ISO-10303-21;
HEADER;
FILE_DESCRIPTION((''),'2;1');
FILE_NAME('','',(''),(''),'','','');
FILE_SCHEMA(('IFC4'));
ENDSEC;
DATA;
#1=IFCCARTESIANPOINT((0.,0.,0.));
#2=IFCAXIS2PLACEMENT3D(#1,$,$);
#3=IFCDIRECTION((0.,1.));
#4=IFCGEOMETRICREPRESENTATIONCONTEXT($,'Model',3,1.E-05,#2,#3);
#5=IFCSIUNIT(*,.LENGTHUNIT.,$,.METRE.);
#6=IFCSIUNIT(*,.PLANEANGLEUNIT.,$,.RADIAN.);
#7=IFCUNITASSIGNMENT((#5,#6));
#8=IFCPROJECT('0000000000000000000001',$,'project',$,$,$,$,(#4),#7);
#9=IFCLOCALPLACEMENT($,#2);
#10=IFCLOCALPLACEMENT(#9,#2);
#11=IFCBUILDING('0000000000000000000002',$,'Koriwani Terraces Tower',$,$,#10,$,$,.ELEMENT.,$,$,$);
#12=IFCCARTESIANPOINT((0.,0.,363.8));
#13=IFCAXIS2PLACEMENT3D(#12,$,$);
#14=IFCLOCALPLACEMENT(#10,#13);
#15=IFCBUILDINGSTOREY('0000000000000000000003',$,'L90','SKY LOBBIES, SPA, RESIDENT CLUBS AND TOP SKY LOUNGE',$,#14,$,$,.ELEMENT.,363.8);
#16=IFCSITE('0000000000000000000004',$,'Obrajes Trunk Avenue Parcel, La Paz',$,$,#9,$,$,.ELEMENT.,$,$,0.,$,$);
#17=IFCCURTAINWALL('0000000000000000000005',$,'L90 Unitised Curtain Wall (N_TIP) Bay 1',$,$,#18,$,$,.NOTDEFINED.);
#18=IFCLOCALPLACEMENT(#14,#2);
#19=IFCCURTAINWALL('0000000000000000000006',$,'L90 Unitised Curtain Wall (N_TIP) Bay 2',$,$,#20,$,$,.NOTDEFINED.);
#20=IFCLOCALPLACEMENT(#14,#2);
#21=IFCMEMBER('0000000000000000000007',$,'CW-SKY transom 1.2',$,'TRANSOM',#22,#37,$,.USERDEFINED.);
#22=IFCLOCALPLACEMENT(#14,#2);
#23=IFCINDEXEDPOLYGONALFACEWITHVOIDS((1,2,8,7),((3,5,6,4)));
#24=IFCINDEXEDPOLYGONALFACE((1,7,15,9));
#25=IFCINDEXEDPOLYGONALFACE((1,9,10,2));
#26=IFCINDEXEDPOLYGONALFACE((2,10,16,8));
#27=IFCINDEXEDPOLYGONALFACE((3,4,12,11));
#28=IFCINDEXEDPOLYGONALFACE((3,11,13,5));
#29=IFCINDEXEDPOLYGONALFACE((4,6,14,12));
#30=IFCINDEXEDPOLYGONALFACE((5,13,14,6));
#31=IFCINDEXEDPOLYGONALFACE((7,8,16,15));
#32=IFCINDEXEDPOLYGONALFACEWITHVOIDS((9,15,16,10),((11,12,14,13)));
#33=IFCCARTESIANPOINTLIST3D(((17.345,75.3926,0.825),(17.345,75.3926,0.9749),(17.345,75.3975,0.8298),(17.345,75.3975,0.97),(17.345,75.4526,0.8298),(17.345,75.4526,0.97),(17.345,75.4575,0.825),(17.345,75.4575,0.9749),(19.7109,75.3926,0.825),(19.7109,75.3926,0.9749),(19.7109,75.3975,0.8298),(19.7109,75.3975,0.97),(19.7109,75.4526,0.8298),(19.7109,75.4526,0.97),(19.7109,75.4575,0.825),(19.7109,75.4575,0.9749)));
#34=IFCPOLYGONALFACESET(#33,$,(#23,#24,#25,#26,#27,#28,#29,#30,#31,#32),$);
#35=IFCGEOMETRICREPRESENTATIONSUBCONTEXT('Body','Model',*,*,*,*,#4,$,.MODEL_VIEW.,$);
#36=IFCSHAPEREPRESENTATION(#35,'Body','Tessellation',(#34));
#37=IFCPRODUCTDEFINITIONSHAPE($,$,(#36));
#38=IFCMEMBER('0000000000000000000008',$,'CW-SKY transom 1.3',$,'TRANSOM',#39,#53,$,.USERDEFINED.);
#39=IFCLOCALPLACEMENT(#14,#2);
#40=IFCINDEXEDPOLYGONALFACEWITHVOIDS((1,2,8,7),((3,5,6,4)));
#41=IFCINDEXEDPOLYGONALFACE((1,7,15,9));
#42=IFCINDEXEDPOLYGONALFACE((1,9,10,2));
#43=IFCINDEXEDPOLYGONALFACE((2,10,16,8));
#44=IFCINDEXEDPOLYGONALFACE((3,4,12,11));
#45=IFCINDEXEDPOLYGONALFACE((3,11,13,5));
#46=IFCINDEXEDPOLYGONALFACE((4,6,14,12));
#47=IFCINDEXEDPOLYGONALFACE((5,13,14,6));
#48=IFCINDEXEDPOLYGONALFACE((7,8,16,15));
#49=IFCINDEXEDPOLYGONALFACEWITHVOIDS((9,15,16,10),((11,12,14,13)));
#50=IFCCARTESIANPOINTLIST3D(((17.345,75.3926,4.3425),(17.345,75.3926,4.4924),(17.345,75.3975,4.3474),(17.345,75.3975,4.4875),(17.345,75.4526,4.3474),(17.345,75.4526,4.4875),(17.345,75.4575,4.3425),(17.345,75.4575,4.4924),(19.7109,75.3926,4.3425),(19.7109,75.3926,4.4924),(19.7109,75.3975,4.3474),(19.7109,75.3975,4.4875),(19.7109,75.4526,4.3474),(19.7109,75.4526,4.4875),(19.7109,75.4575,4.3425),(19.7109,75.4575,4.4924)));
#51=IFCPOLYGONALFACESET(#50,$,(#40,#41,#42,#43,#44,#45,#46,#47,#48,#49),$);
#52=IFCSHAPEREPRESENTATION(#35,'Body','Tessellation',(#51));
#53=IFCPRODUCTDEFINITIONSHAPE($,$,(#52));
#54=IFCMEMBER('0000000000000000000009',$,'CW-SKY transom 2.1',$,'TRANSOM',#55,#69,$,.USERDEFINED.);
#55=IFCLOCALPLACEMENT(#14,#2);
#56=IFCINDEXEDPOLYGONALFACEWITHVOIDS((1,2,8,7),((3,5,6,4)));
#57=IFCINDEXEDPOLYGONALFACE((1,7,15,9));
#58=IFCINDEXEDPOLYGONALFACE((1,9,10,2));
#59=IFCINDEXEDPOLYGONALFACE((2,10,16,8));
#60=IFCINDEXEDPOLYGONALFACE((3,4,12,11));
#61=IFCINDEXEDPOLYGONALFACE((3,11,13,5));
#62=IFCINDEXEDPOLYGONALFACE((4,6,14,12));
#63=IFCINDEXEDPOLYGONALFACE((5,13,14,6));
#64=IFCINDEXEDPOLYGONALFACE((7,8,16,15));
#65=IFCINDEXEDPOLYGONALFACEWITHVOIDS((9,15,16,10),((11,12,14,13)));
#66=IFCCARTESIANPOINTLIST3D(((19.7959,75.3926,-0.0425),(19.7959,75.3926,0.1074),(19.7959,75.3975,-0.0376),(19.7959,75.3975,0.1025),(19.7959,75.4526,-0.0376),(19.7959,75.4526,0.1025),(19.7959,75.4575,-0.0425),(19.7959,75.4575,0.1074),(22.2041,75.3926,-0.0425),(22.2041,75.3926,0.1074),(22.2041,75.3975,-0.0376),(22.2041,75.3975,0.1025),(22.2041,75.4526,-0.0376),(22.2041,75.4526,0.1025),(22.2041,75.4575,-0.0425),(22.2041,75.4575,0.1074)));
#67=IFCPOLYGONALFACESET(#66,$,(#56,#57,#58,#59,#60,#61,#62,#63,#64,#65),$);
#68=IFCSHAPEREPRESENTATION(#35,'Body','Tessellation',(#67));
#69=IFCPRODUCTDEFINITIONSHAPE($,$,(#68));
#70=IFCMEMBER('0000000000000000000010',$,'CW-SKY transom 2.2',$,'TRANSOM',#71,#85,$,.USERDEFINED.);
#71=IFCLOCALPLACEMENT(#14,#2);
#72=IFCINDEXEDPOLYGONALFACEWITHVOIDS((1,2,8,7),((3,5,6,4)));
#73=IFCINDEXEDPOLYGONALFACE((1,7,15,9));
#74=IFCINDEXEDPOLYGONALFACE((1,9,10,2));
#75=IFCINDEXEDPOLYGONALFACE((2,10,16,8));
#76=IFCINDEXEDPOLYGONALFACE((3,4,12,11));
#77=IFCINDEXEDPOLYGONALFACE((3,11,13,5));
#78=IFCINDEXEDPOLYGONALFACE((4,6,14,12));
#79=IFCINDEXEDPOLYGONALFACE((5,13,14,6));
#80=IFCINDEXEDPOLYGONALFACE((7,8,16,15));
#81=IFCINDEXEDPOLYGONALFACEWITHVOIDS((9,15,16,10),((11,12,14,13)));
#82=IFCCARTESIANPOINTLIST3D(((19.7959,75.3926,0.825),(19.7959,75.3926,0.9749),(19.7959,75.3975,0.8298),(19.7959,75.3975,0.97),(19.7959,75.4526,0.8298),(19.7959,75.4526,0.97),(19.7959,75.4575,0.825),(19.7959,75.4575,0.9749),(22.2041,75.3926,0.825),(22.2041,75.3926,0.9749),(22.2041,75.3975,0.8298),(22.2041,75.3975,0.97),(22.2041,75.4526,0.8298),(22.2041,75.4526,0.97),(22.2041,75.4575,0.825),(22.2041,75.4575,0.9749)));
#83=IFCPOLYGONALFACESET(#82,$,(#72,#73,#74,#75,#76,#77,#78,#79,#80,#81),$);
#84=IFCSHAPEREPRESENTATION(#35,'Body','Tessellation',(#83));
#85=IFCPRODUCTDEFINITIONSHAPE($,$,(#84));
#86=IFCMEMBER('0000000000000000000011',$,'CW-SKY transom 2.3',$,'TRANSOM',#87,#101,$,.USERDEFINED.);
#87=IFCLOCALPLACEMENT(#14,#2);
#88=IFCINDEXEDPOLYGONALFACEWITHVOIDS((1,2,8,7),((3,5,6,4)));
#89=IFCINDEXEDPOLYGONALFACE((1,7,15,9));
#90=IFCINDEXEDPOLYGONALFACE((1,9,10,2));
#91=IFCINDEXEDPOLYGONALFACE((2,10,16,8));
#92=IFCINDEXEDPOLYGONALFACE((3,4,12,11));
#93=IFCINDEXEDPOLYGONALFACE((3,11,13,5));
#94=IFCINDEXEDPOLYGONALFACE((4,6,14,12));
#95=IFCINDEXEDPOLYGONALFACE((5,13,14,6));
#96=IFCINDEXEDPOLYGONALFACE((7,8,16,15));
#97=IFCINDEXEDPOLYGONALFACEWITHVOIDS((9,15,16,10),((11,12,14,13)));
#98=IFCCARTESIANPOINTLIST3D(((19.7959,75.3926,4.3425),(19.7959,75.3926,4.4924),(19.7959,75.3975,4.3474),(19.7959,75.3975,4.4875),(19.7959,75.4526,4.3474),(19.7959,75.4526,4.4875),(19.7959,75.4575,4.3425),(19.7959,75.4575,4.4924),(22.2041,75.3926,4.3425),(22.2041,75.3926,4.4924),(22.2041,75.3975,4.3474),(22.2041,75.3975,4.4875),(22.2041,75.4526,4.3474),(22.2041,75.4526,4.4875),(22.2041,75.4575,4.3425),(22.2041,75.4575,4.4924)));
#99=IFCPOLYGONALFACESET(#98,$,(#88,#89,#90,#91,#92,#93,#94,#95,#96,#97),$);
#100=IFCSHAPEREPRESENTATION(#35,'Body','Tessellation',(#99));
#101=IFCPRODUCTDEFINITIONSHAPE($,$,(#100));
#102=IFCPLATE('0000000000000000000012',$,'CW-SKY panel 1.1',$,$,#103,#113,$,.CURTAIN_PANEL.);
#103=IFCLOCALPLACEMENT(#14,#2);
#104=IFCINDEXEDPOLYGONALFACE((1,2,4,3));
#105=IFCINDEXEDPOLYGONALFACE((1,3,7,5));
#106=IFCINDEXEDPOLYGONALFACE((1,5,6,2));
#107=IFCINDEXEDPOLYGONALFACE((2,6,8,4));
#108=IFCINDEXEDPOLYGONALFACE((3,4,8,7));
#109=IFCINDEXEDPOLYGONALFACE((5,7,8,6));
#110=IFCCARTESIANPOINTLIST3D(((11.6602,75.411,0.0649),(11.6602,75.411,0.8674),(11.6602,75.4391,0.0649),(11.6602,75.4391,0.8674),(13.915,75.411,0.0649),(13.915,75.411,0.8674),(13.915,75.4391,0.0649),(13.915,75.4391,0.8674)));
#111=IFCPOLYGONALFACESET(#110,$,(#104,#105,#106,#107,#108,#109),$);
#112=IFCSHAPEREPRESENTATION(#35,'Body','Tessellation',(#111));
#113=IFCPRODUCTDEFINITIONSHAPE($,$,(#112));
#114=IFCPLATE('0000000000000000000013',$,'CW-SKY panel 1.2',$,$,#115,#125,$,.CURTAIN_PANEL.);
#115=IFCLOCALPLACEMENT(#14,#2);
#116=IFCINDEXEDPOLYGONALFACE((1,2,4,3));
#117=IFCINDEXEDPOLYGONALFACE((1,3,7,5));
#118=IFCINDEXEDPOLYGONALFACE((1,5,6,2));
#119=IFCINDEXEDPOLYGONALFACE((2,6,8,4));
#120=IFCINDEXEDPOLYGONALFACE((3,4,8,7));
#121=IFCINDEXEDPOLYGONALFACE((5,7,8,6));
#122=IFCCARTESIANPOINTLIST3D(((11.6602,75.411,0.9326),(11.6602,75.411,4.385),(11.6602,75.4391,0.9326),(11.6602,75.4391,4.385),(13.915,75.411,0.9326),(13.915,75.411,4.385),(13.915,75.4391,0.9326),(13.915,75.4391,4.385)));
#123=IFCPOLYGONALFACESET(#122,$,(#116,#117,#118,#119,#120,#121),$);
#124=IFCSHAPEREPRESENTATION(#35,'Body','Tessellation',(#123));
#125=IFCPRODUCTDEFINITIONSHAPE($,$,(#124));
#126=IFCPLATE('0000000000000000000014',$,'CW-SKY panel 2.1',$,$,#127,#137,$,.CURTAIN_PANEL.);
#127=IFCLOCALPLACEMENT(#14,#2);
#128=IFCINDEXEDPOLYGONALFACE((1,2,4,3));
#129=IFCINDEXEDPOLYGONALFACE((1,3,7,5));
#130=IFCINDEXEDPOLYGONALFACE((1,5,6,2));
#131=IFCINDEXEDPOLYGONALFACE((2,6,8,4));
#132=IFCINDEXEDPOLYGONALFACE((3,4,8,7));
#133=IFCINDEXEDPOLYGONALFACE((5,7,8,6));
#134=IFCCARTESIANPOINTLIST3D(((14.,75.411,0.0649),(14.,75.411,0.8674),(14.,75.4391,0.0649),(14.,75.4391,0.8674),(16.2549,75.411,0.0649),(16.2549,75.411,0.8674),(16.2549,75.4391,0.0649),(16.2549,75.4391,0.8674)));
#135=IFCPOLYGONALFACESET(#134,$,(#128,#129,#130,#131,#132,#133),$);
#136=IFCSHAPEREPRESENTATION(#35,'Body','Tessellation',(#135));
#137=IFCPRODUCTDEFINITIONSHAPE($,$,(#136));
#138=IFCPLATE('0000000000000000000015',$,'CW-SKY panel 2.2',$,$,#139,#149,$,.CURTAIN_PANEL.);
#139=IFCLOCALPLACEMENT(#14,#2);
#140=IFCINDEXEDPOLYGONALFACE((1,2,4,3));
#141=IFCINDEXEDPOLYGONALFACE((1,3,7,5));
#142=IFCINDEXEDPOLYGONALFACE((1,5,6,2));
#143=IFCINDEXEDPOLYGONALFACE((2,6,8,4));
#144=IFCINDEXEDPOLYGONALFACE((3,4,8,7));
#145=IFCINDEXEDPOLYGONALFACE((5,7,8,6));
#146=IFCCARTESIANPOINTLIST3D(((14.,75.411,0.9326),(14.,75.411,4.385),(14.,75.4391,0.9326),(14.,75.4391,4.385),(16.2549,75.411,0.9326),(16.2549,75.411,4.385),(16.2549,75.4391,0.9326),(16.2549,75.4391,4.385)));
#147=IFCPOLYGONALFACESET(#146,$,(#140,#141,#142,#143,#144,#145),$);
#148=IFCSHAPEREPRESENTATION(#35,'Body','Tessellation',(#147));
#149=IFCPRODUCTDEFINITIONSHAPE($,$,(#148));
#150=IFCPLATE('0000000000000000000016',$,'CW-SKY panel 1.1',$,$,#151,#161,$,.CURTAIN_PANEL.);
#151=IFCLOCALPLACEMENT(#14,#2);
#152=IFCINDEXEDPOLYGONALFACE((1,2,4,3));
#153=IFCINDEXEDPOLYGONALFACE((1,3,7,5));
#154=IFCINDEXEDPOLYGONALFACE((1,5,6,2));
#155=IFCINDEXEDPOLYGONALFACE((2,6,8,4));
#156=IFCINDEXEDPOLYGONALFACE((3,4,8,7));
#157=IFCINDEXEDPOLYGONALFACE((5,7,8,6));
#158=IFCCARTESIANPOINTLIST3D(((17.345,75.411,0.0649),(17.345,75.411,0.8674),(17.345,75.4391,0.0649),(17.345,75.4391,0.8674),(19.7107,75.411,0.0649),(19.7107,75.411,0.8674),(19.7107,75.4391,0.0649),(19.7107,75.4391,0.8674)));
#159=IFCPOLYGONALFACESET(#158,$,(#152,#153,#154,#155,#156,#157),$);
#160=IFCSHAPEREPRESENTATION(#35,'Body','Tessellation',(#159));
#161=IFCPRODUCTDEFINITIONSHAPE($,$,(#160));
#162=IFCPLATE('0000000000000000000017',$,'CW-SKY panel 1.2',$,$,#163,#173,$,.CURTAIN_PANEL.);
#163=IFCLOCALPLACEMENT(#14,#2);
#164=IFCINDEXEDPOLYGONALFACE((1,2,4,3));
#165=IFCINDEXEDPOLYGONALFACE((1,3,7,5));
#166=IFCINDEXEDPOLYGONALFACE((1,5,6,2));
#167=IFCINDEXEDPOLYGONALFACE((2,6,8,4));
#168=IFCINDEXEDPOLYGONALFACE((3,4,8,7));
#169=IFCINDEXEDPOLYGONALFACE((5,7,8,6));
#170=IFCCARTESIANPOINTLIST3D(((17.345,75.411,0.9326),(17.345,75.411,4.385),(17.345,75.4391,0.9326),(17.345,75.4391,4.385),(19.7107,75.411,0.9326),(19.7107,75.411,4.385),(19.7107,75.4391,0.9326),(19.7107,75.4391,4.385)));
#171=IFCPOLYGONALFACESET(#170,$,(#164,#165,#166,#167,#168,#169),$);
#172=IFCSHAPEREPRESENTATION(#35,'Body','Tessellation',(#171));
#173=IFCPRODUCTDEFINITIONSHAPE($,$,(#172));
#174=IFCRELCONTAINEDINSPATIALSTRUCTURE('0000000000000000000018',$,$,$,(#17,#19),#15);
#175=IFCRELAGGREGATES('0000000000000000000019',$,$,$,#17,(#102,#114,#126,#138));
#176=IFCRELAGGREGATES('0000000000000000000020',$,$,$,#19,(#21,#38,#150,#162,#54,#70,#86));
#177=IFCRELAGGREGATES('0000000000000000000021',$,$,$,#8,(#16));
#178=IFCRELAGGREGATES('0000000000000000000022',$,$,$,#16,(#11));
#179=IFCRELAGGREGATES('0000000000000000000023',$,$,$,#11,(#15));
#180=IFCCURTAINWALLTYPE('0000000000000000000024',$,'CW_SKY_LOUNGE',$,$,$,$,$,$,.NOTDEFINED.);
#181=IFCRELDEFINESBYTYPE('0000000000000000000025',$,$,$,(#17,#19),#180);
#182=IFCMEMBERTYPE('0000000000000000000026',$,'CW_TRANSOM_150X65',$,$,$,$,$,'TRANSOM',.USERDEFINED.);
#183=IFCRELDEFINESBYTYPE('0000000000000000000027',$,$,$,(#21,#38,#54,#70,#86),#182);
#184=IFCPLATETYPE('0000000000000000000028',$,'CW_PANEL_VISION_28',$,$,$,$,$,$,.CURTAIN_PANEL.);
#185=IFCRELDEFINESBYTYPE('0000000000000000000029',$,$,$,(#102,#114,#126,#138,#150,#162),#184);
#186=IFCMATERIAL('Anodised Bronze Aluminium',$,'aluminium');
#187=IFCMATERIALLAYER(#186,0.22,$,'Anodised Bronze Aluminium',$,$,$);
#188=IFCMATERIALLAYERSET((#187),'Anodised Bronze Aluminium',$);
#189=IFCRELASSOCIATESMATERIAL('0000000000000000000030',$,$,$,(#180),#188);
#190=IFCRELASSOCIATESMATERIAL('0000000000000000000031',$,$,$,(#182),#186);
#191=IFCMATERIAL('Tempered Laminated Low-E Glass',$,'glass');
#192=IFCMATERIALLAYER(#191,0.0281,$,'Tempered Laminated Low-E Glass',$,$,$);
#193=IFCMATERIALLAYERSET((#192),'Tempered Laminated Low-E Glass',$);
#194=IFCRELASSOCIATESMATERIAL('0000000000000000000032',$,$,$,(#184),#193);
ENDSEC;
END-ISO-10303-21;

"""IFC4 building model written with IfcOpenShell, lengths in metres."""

from ifc_helpers import new_model, si_unit, direction, frame, origin, origin_2d, place, context, subcontext, project, spatial, rectangle, hollow_rectangle, extrude, material, layer, layer_set, material_profile, profile_set, type_object, element, aggregate, save


model = new_model("IFC4")

# Units and contexts
model_context = context("Model", 3, precision=1e-05, world=origin(), true_north=direction((0.0, 1.0)))
body_context = subcontext(model_context, "Body", "Model", "MODEL_VIEW")
ifc_project = project(units=[si_unit("LENGTHUNIT", "METRE"), si_unit("PLANEANGLEUNIT", "RADIAN")], contexts=[model_context])

# Site, building, storey
site_placement = place(None, origin())
site = spatial("IfcSite", under=ifc_project, at=site_placement, Name="Obrajes Trunk Avenue Parcel, La Paz", CompositionType="ELEMENT", RefElevation=0.0)
building_placement = place(site_placement, origin())
building = spatial("IfcBuilding", under=site, at=building_placement, Name="Koriwani Terraces Tower", CompositionType="ELEMENT")
storey_placement = place(building_placement, frame((0.0, 0.0, 363.8)))
storey = spatial("IfcBuildingStorey", under=building, at=storey_placement, Name="L90", Description="SKY LOBBIES, SPA, RESIDENT CLUBS AND TOP SKY LOUNGE", CompositionType="ELEMENT", Elevation=363.8)

# Curtain walls
ifc_material_1 = material(Name="Anodised Bronze Aluminium", Category="aluminium")
ifc_layer_1 = layer(ifc_material_1, 0.22, Name="Anodised Bronze Aluminium")
ifc_layer_set_1 = layer_set([ifc_layer_1], Name="Anodised Bronze Aluminium")
curtain_wall_type = type_object("IfcCurtainWallType", Name="CW_SKY_LOUNGE", PredefinedType="NOTDEFINED", material=ifc_layer_set_1)
curtain_wall_1_placement = place(storey_placement, origin())
curtain_wall_1 = element("IfcCurtainWall", 1, at=curtain_wall_1_placement, inside=storey, type_object=curtain_wall_type, Name="L90 Unitised Curtain Wall (N_TIP) Bay 1", PredefinedType="NOTDEFINED")
curtain_wall_2_placement = place(storey_placement, origin())
curtain_wall_2 = element("IfcCurtainWall", 2, at=curtain_wall_2_placement, inside=storey, type_object=curtain_wall_type, Name="L90 Unitised Curtain Wall (N_TIP) Bay 2", PredefinedType="NOTDEFINED")

# Members
ifc_material_profile_1 = material_profile(ifc_material_1, hollow_rectangle(XDim=0.0649, YDim=0.1499, WallThickness=0.0049, at=origin_2d()), Name="Anodised Bronze Aluminium", Category="LoadBearing")
ifc_profile_set_1 = profile_set([ifc_material_profile_1], Name="Anodised Bronze Aluminium")
member_type_1 = type_object("IfcMemberType", Name="CW_TRANSOM_150X65", ElementType="TRANSOM", PredefinedType="USERDEFINED", material=ifc_profile_set_1)
member_1_placement = place(storey_placement, frame((17.345, 75.425, 0.8999), z_axis=(1.0, 0.0, 0.0), x_axis=(0.0, 1.0, 0.0)))
member_1 = element("IfcMember", 3, at=member_1_placement, type_object=member_type_1, Name="CW-SKY transom 1.2", ObjectType="TRANSOM", PredefinedType="USERDEFINED", context=body_context, shape_type="SweptSolid", body=[
    extrude(hollow_rectangle(XDim=0.0649, YDim=0.1499, WallThickness=0.0049, at=origin_2d()), origin(), (0.0, 0.0, 1.0), 2.366),
])
member_2_placement = place(storey_placement, frame((17.345, 75.425, 4.4175), z_axis=(1.0, 0.0, 0.0), x_axis=(0.0, 1.0, 0.0)))
member_2 = element("IfcMember", 4, at=member_2_placement, type_object=member_type_1, Name="CW-SKY transom 1.3", ObjectType="TRANSOM", PredefinedType="USERDEFINED", context=body_context, shape_type="SweptSolid", body=[
    extrude(hollow_rectangle(XDim=0.0649, YDim=0.1499, WallThickness=0.0049, at=origin_2d()), origin(), (0.0, 0.0, 1.0), 2.366),
])
member_3_placement = place(storey_placement, frame((19.7959, 75.425, 0.0325), z_axis=(1.0, 0.0, 0.0), x_axis=(0.0, 1.0, 0.0)))
member_3 = element("IfcMember", 5, at=member_3_placement, type_object=member_type_1, Name="CW-SKY transom 2.1", ObjectType="TRANSOM", PredefinedType="USERDEFINED", context=body_context, shape_type="SweptSolid", body=[
    extrude(hollow_rectangle(XDim=0.0649, YDim=0.1499, WallThickness=0.0049, at=origin_2d()), origin(), (0.0, 0.0, 1.0), 2.4082),
])
member_4_placement = place(storey_placement, frame((19.7959, 75.425, 0.8999), z_axis=(1.0, 0.0, 0.0), x_axis=(0.0, 1.0, 0.0)))
member_4 = element("IfcMember", 6, at=member_4_placement, type_object=member_type_1, Name="CW-SKY transom 2.2", ObjectType="TRANSOM", PredefinedType="USERDEFINED", context=body_context, shape_type="SweptSolid", body=[
    extrude(hollow_rectangle(XDim=0.0649, YDim=0.1499, WallThickness=0.0049, at=origin_2d()), origin(), (0.0, 0.0, 1.0), 2.4082),
])
member_5_placement = place(storey_placement, frame((19.7959, 75.425, 4.4175), z_axis=(1.0, 0.0, 0.0), x_axis=(0.0, 1.0, 0.0)))
member_5 = element("IfcMember", 7, at=member_5_placement, type_object=member_type_1, Name="CW-SKY transom 2.3", ObjectType="TRANSOM", PredefinedType="USERDEFINED", context=body_context, shape_type="SweptSolid", body=[
    extrude(hollow_rectangle(XDim=0.0649, YDim=0.1499, WallThickness=0.0049, at=origin_2d()), origin(), (0.0, 0.0, 1.0), 2.4082),
])

# Plates
ifc_material_2 = material(Name="Tempered Laminated Low-E Glass", Category="glass")
ifc_layer_2 = layer(ifc_material_2, 0.0281, Name="Tempered Laminated Low-E Glass")
ifc_layer_set_2 = layer_set([ifc_layer_2], Name="Tempered Laminated Low-E Glass")
plate_type = type_object("IfcPlateType", Name="CW_PANEL_VISION_28", PredefinedType="CURTAIN_PANEL", material=ifc_layer_set_2)
plate_1_placement = place(storey_placement, frame((12.7876, 75.425, 0.0649), z_axis=(0.0, 0.0, 1.0), x_axis=(1.0, 0.0, 0.0)))
plate_1 = element("IfcPlate", 8, at=plate_1_placement, type_object=plate_type, Name="CW-SKY panel 1.1", PredefinedType="CURTAIN_PANEL", context=body_context, shape_type="SweptSolid", body=[
    extrude(rectangle(XDim=2.2549, YDim=0.0281, at=origin_2d()), origin(), (0.0, 0.0, 1.0), 0.8025),
])
plate_2_placement = place(storey_placement, frame((12.7876, 75.425, 0.9326), z_axis=(0.0, 0.0, 1.0), x_axis=(1.0, 0.0, 0.0)))
plate_2 = element("IfcPlate", 9, at=plate_2_placement, type_object=plate_type, Name="CW-SKY panel 1.2", PredefinedType="CURTAIN_PANEL", context=body_context, shape_type="SweptSolid", body=[
    extrude(rectangle(XDim=2.2549, YDim=0.0281, at=origin_2d()), origin(), (0.0, 0.0, 1.0), 3.4524),
])
plate_3_placement = place(storey_placement, frame((15.1274, 75.425, 0.0649), z_axis=(0.0, 0.0, 1.0), x_axis=(1.0, 0.0, 0.0)))
plate_3 = element("IfcPlate", 10, at=plate_3_placement, type_object=plate_type, Name="CW-SKY panel 2.1", PredefinedType="CURTAIN_PANEL", context=body_context, shape_type="SweptSolid", body=[
    extrude(rectangle(XDim=2.2549, YDim=0.0281, at=origin_2d()), origin(), (0.0, 0.0, 1.0), 0.8025),
])
plate_4_placement = place(storey_placement, frame((15.1274, 75.425, 0.9326), z_axis=(0.0, 0.0, 1.0), x_axis=(1.0, 0.0, 0.0)))
plate_4 = element("IfcPlate", 11, at=plate_4_placement, type_object=plate_type, Name="CW-SKY panel 2.2", PredefinedType="CURTAIN_PANEL", context=body_context, shape_type="SweptSolid", body=[
    extrude(rectangle(XDim=2.2549, YDim=0.0281, at=origin_2d()), origin(), (0.0, 0.0, 1.0), 3.4524),
])
aggregate(curtain_wall_1, [plate_1, plate_2, plate_3, plate_4])
plate_5_placement = place(storey_placement, frame((18.5278, 75.425, 0.0649), z_axis=(0.0, 0.0, 1.0), x_axis=(1.0, 0.0, 0.0)))
plate_5 = element("IfcPlate", 12, at=plate_5_placement, type_object=plate_type, Name="CW-SKY panel 1.1", PredefinedType="CURTAIN_PANEL", context=body_context, shape_type="SweptSolid", body=[
    extrude(rectangle(XDim=2.3657, YDim=0.0281, at=origin_2d()), origin(), (0.0, 0.0, 1.0), 0.8025),
])
plate_6_placement = place(storey_placement, frame((18.5278, 75.425, 0.9326), z_axis=(0.0, 0.0, 1.0), x_axis=(1.0, 0.0, 0.0)))
plate_6 = element("IfcPlate", 13, at=plate_6_placement, type_object=plate_type, Name="CW-SKY panel 1.2", PredefinedType="CURTAIN_PANEL", context=body_context, shape_type="SweptSolid", body=[
    extrude(rectangle(XDim=2.3657, YDim=0.0281, at=origin_2d()), origin(), (0.0, 0.0, 1.0), 3.4524),
])
aggregate(curtain_wall_2, [member_1, member_2, plate_5, plate_6, member_3, member_4, member_5])

save(model, "model.ifc")
